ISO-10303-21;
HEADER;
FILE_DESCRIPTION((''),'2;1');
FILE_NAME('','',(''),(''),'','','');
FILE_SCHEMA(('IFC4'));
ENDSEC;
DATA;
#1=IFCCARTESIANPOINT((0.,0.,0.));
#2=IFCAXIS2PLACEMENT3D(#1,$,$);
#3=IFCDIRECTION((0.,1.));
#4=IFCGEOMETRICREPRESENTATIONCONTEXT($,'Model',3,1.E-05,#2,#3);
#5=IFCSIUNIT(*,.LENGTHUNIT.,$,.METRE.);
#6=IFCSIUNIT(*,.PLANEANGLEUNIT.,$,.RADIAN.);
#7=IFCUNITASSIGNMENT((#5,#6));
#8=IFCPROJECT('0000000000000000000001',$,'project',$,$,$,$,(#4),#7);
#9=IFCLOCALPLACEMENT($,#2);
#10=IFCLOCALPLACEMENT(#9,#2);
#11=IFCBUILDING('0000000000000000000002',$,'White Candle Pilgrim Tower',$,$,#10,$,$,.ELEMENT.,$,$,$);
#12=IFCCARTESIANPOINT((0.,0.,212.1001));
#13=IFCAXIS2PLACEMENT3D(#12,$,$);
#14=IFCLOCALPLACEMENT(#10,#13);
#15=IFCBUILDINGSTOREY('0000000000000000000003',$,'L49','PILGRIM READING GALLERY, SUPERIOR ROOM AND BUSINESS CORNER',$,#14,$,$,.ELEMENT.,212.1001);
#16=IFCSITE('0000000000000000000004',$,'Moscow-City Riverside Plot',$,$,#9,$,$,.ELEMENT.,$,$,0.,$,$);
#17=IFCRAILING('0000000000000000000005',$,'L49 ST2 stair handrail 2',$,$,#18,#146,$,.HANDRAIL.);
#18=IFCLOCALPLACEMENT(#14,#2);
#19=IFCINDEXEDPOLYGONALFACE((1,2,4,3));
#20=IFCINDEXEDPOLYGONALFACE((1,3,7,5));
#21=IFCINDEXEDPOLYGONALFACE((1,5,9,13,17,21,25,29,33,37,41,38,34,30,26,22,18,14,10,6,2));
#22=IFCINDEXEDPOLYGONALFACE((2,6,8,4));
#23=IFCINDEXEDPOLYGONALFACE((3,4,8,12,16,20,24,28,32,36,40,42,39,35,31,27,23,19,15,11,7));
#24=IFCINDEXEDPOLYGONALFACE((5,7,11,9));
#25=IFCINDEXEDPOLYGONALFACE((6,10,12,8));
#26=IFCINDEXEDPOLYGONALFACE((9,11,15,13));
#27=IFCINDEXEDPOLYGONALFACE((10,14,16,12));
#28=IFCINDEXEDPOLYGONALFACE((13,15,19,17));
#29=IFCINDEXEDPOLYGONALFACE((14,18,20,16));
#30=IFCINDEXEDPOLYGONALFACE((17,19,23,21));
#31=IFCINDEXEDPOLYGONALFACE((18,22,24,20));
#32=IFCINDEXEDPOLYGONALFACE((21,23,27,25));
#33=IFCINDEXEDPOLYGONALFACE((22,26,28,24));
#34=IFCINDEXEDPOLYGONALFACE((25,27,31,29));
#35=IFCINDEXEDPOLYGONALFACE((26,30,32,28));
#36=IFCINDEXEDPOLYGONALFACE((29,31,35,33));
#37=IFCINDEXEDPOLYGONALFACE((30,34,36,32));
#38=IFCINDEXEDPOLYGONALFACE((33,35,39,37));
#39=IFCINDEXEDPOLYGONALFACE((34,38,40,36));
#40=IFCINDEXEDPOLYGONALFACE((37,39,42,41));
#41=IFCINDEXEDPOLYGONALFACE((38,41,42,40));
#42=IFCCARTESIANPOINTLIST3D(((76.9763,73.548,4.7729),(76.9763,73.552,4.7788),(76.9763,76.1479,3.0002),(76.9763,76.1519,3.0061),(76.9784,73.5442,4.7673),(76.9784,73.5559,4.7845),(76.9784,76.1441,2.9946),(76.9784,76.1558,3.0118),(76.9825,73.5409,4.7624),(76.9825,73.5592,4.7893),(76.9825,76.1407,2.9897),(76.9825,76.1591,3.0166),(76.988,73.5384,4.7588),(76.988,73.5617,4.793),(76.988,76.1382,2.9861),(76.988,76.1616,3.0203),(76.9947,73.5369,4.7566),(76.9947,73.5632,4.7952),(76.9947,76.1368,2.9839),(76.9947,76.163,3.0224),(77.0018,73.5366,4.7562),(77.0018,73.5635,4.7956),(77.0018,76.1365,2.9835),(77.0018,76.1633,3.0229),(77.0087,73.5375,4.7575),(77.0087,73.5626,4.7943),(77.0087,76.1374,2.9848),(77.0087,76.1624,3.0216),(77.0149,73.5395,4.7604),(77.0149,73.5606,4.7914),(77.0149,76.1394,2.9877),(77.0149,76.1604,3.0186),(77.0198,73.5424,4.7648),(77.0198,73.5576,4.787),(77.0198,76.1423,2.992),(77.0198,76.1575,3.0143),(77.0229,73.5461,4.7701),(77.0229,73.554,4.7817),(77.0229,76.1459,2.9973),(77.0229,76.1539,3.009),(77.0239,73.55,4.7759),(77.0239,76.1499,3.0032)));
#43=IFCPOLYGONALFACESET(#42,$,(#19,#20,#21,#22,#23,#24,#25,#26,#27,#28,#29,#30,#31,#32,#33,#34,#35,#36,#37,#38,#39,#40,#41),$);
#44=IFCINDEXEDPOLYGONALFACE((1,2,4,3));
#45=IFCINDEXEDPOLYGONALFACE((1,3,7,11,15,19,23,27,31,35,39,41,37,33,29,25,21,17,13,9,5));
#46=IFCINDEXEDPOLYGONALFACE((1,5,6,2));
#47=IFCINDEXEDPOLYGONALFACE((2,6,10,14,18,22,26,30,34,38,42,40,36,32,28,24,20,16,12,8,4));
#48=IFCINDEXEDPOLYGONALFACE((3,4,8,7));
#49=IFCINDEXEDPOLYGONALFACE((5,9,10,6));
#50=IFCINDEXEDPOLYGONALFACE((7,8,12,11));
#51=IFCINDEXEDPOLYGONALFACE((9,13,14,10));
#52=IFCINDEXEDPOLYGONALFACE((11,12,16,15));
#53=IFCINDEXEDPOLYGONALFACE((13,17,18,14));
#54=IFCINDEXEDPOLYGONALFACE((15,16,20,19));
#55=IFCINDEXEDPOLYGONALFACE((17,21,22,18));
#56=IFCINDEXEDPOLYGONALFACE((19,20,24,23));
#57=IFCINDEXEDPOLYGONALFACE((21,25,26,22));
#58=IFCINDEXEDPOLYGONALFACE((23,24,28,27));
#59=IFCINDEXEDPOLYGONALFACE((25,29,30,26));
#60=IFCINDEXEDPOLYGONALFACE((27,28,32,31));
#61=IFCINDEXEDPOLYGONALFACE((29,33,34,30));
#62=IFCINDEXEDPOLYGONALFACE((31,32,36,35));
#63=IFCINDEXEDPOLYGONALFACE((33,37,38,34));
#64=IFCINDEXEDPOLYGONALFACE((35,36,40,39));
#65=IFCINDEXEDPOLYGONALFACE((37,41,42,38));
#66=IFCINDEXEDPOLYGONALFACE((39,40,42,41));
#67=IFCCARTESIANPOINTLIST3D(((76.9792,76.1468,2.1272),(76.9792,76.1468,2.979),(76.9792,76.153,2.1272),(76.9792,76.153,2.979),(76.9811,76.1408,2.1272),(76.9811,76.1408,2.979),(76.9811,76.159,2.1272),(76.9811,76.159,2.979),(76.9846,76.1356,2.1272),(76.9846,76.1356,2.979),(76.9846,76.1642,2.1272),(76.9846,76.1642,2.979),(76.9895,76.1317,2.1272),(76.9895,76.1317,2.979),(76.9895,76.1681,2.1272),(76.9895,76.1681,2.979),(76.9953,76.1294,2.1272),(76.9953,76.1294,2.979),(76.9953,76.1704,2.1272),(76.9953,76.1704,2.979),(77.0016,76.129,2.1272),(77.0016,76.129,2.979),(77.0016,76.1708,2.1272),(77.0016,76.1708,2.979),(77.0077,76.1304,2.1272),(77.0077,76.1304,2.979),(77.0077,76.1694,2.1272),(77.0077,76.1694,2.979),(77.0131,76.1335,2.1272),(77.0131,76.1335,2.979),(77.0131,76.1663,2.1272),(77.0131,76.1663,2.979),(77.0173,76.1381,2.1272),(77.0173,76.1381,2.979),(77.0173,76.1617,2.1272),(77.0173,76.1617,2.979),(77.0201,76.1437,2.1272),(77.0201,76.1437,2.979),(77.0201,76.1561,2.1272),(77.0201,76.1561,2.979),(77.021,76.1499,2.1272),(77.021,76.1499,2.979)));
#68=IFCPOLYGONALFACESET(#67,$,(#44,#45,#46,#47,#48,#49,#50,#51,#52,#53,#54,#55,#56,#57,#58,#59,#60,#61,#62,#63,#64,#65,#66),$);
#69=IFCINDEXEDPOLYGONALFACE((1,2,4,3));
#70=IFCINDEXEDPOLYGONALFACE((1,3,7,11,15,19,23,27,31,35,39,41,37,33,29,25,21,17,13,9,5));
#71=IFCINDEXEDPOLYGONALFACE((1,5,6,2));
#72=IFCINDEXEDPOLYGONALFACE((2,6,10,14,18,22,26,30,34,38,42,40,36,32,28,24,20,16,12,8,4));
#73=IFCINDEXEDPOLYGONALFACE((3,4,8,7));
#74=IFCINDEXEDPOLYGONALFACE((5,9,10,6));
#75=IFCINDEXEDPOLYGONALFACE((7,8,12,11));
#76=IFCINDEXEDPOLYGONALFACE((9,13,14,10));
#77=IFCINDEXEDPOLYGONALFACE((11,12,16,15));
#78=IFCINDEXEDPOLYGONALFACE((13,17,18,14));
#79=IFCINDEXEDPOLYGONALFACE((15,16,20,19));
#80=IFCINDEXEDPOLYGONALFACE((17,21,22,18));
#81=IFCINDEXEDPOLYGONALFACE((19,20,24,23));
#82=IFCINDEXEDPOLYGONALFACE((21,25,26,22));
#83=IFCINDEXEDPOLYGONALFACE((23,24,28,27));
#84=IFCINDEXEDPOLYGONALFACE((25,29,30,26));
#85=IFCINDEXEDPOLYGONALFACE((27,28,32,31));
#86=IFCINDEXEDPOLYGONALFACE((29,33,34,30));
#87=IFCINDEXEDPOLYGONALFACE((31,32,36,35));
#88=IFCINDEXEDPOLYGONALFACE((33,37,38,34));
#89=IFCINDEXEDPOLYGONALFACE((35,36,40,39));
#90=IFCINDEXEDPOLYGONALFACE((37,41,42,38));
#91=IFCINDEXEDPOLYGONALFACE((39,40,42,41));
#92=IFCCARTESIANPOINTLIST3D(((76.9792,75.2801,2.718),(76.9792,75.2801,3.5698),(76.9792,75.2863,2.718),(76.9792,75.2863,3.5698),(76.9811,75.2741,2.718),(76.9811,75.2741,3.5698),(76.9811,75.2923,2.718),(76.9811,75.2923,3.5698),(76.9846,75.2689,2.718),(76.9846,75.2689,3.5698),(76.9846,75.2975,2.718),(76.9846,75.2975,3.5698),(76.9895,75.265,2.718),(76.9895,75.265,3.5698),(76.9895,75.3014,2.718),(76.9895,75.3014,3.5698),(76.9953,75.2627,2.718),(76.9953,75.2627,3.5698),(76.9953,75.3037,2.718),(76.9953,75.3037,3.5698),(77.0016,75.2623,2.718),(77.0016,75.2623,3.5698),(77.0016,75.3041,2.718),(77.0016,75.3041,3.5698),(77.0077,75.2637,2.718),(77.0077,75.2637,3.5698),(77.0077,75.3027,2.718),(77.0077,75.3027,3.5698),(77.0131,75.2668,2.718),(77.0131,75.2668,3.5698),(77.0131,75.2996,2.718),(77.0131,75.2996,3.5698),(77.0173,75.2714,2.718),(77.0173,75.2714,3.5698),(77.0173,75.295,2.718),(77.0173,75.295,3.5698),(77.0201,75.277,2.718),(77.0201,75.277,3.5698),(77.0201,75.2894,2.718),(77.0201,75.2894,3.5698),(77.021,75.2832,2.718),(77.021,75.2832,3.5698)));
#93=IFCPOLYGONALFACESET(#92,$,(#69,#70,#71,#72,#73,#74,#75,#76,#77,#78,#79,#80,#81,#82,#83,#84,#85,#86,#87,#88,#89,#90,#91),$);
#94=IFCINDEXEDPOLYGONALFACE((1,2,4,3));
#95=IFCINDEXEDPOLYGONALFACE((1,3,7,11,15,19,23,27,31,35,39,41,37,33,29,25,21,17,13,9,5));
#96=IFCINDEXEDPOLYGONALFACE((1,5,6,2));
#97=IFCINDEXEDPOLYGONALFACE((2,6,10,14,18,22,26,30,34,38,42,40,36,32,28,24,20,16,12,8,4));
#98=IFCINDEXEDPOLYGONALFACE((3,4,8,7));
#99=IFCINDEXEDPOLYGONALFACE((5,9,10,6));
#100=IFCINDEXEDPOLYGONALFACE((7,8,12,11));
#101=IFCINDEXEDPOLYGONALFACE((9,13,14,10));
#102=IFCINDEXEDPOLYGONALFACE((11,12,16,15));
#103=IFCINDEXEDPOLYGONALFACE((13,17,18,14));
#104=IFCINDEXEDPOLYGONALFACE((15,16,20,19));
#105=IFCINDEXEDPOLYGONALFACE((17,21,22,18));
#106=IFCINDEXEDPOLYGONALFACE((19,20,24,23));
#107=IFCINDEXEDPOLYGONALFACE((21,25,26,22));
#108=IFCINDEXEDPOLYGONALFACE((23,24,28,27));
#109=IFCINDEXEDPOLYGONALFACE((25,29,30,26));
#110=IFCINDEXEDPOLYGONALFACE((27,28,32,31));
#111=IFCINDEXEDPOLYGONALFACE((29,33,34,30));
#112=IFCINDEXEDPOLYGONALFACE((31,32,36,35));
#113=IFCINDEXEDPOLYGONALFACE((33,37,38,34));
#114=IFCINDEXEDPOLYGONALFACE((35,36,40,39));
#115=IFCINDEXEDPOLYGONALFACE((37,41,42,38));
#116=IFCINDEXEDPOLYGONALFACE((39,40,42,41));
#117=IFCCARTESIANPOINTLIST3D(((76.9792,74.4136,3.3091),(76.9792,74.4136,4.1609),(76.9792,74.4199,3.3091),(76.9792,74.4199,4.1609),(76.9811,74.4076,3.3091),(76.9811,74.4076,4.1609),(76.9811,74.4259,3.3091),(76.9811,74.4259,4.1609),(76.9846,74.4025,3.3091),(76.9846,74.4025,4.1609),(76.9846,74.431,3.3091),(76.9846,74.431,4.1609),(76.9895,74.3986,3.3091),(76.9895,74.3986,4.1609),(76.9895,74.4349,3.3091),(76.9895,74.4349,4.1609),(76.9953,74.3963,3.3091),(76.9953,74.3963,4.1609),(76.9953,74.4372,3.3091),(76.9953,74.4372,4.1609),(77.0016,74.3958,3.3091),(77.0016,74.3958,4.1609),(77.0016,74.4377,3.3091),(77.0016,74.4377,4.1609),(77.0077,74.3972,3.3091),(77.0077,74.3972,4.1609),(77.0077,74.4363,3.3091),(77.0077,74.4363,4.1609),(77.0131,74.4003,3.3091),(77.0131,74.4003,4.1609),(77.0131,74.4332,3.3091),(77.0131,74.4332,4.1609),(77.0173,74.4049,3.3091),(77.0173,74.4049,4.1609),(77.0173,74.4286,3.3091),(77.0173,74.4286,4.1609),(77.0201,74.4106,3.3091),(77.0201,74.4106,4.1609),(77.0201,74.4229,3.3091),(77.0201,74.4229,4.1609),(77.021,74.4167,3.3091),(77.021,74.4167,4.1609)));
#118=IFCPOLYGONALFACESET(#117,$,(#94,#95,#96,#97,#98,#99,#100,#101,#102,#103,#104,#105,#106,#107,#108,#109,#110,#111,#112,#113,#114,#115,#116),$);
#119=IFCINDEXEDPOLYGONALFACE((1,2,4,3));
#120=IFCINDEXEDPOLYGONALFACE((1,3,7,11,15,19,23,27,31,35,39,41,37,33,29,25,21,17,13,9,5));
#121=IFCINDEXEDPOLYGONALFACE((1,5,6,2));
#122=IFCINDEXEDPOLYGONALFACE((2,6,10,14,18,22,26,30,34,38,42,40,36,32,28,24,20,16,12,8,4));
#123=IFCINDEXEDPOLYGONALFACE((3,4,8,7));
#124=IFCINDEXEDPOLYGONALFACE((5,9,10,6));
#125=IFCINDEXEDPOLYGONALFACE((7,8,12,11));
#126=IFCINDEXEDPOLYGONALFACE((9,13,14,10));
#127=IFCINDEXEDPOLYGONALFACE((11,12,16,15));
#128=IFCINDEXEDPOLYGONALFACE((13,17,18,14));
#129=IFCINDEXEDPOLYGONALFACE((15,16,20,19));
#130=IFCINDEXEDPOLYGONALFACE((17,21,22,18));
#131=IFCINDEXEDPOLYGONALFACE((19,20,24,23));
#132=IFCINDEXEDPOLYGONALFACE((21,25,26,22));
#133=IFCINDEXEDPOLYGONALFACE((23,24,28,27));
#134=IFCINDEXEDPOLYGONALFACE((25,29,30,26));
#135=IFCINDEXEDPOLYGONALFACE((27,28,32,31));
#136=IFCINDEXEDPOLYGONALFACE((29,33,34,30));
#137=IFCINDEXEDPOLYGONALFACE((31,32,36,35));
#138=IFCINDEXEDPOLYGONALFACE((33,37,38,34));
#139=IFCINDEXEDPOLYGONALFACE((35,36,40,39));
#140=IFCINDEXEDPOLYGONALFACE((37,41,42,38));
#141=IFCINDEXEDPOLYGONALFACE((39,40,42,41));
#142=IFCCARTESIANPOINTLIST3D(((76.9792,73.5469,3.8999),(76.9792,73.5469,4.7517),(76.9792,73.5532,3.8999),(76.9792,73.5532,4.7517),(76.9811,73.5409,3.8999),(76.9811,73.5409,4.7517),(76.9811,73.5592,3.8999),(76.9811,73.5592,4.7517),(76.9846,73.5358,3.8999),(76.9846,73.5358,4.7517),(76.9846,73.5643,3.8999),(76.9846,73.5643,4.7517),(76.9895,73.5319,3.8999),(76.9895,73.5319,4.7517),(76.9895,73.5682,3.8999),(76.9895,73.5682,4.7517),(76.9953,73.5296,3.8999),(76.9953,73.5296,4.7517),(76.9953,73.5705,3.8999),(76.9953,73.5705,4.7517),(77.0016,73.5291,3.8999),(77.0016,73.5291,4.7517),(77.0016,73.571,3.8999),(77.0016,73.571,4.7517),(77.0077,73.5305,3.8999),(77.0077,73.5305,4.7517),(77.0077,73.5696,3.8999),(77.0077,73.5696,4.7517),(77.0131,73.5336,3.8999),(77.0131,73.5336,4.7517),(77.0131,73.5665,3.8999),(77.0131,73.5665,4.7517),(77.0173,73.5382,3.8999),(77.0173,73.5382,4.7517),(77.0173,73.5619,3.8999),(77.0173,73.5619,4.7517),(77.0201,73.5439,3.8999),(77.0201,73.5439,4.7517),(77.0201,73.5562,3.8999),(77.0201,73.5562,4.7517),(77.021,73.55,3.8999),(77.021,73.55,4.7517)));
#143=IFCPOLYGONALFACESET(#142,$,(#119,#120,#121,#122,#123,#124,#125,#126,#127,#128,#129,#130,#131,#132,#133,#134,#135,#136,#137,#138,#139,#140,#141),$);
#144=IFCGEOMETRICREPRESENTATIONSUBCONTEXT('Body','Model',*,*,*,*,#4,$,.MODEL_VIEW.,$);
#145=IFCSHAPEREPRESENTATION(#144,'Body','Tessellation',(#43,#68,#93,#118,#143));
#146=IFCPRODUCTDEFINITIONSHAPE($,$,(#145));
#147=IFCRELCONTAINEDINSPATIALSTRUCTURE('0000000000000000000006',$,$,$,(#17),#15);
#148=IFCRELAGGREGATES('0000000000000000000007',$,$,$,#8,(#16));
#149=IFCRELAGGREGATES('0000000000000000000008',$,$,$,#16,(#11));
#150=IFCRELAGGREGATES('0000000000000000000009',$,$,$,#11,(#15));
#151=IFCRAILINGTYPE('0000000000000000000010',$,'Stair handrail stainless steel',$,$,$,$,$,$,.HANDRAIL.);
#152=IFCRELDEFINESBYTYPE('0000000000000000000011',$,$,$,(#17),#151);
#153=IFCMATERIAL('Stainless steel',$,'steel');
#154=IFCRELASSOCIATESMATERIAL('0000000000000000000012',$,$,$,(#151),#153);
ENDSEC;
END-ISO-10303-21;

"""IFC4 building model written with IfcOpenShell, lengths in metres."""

from ifc_helpers import new_model, si_unit, direction, frame, origin, origin_2d, place, context, subcontext, project, spatial, circle, extrude, material, type_object, element, save


model = new_model("IFC4")

# Units and contexts
model_context = context("Model", 3, precision=1e-05, world=origin(), true_north=direction((0.0, 1.0)))
body_context = subcontext(model_context, "Body", "Model", "MODEL_VIEW")
ifc_project = project(units=[si_unit("LENGTHUNIT", "METRE"), si_unit("PLANEANGLEUNIT", "RADIAN")], contexts=[model_context])

# Site, building, storey
site_placement = place(None, origin())
site = spatial("IfcSite", under=ifc_project, at=site_placement, Name="Moscow-City Riverside Plot", CompositionType="ELEMENT", RefElevation=0.0)
building_placement = place(site_placement, origin())
building = spatial("IfcBuilding", under=site, at=building_placement, Name="White Candle Pilgrim Tower", CompositionType="ELEMENT")
storey_placement = place(building_placement, frame((0.0, 0.0, 212.1001)))
storey = spatial("IfcBuildingStorey", under=building, at=storey_placement, Name="L49", Description="PILGRIM READING GALLERY, SUPERIOR ROOM AND BUSINESS CORNER", CompositionType="ELEMENT", Elevation=212.1001)

# Railing
ifc_material_1 = material(Name="Stainless steel", Category="steel")
railing_type_1 = type_object("IfcRailingType", Name="Stair handrail stainless steel", PredefinedType="HANDRAIL", material=ifc_material_1)
railing_1_placement = place(storey_placement, frame((77.0, 76.1499, 2.1272)))
element("IfcRailing", 1, at=railing_1_placement, inside=storey, type_object=railing_type_1, Name="L49 ST2 stair handrail 2", PredefinedType="HANDRAIL", context=body_context, shape_type="SweptSolid", body=[
    extrude(circle(Radius=0.0239, at=origin_2d()), frame((0.0, 0.0, 0.876), z_axis=(0.0, -0.826216, 0.563354), x_axis=(1.0, 0.0, 0.0)), (0.0, 0.0, 1.0), 3.1467),
    extrude(circle(Radius=0.021, at=origin_2d()), origin(), (0.0, 0.0, 1.0), 0.8518),
    extrude(circle(Radius=0.021, at=origin_2d()), frame((0.0, -0.8667, 0.5908)), (0.0, 0.0, 1.0), 0.8518),
    extrude(circle(Radius=0.021, at=origin_2d()), frame((0.0, -1.7332, 1.1819)), (0.0, 0.0, 1.0), 0.8518),
    extrude(circle(Radius=0.021, at=origin_2d()), frame((0.0, -2.5999, 1.7727)), (0.0, 0.0, 1.0), 0.8518),
])

save(model, "model.ifc")
